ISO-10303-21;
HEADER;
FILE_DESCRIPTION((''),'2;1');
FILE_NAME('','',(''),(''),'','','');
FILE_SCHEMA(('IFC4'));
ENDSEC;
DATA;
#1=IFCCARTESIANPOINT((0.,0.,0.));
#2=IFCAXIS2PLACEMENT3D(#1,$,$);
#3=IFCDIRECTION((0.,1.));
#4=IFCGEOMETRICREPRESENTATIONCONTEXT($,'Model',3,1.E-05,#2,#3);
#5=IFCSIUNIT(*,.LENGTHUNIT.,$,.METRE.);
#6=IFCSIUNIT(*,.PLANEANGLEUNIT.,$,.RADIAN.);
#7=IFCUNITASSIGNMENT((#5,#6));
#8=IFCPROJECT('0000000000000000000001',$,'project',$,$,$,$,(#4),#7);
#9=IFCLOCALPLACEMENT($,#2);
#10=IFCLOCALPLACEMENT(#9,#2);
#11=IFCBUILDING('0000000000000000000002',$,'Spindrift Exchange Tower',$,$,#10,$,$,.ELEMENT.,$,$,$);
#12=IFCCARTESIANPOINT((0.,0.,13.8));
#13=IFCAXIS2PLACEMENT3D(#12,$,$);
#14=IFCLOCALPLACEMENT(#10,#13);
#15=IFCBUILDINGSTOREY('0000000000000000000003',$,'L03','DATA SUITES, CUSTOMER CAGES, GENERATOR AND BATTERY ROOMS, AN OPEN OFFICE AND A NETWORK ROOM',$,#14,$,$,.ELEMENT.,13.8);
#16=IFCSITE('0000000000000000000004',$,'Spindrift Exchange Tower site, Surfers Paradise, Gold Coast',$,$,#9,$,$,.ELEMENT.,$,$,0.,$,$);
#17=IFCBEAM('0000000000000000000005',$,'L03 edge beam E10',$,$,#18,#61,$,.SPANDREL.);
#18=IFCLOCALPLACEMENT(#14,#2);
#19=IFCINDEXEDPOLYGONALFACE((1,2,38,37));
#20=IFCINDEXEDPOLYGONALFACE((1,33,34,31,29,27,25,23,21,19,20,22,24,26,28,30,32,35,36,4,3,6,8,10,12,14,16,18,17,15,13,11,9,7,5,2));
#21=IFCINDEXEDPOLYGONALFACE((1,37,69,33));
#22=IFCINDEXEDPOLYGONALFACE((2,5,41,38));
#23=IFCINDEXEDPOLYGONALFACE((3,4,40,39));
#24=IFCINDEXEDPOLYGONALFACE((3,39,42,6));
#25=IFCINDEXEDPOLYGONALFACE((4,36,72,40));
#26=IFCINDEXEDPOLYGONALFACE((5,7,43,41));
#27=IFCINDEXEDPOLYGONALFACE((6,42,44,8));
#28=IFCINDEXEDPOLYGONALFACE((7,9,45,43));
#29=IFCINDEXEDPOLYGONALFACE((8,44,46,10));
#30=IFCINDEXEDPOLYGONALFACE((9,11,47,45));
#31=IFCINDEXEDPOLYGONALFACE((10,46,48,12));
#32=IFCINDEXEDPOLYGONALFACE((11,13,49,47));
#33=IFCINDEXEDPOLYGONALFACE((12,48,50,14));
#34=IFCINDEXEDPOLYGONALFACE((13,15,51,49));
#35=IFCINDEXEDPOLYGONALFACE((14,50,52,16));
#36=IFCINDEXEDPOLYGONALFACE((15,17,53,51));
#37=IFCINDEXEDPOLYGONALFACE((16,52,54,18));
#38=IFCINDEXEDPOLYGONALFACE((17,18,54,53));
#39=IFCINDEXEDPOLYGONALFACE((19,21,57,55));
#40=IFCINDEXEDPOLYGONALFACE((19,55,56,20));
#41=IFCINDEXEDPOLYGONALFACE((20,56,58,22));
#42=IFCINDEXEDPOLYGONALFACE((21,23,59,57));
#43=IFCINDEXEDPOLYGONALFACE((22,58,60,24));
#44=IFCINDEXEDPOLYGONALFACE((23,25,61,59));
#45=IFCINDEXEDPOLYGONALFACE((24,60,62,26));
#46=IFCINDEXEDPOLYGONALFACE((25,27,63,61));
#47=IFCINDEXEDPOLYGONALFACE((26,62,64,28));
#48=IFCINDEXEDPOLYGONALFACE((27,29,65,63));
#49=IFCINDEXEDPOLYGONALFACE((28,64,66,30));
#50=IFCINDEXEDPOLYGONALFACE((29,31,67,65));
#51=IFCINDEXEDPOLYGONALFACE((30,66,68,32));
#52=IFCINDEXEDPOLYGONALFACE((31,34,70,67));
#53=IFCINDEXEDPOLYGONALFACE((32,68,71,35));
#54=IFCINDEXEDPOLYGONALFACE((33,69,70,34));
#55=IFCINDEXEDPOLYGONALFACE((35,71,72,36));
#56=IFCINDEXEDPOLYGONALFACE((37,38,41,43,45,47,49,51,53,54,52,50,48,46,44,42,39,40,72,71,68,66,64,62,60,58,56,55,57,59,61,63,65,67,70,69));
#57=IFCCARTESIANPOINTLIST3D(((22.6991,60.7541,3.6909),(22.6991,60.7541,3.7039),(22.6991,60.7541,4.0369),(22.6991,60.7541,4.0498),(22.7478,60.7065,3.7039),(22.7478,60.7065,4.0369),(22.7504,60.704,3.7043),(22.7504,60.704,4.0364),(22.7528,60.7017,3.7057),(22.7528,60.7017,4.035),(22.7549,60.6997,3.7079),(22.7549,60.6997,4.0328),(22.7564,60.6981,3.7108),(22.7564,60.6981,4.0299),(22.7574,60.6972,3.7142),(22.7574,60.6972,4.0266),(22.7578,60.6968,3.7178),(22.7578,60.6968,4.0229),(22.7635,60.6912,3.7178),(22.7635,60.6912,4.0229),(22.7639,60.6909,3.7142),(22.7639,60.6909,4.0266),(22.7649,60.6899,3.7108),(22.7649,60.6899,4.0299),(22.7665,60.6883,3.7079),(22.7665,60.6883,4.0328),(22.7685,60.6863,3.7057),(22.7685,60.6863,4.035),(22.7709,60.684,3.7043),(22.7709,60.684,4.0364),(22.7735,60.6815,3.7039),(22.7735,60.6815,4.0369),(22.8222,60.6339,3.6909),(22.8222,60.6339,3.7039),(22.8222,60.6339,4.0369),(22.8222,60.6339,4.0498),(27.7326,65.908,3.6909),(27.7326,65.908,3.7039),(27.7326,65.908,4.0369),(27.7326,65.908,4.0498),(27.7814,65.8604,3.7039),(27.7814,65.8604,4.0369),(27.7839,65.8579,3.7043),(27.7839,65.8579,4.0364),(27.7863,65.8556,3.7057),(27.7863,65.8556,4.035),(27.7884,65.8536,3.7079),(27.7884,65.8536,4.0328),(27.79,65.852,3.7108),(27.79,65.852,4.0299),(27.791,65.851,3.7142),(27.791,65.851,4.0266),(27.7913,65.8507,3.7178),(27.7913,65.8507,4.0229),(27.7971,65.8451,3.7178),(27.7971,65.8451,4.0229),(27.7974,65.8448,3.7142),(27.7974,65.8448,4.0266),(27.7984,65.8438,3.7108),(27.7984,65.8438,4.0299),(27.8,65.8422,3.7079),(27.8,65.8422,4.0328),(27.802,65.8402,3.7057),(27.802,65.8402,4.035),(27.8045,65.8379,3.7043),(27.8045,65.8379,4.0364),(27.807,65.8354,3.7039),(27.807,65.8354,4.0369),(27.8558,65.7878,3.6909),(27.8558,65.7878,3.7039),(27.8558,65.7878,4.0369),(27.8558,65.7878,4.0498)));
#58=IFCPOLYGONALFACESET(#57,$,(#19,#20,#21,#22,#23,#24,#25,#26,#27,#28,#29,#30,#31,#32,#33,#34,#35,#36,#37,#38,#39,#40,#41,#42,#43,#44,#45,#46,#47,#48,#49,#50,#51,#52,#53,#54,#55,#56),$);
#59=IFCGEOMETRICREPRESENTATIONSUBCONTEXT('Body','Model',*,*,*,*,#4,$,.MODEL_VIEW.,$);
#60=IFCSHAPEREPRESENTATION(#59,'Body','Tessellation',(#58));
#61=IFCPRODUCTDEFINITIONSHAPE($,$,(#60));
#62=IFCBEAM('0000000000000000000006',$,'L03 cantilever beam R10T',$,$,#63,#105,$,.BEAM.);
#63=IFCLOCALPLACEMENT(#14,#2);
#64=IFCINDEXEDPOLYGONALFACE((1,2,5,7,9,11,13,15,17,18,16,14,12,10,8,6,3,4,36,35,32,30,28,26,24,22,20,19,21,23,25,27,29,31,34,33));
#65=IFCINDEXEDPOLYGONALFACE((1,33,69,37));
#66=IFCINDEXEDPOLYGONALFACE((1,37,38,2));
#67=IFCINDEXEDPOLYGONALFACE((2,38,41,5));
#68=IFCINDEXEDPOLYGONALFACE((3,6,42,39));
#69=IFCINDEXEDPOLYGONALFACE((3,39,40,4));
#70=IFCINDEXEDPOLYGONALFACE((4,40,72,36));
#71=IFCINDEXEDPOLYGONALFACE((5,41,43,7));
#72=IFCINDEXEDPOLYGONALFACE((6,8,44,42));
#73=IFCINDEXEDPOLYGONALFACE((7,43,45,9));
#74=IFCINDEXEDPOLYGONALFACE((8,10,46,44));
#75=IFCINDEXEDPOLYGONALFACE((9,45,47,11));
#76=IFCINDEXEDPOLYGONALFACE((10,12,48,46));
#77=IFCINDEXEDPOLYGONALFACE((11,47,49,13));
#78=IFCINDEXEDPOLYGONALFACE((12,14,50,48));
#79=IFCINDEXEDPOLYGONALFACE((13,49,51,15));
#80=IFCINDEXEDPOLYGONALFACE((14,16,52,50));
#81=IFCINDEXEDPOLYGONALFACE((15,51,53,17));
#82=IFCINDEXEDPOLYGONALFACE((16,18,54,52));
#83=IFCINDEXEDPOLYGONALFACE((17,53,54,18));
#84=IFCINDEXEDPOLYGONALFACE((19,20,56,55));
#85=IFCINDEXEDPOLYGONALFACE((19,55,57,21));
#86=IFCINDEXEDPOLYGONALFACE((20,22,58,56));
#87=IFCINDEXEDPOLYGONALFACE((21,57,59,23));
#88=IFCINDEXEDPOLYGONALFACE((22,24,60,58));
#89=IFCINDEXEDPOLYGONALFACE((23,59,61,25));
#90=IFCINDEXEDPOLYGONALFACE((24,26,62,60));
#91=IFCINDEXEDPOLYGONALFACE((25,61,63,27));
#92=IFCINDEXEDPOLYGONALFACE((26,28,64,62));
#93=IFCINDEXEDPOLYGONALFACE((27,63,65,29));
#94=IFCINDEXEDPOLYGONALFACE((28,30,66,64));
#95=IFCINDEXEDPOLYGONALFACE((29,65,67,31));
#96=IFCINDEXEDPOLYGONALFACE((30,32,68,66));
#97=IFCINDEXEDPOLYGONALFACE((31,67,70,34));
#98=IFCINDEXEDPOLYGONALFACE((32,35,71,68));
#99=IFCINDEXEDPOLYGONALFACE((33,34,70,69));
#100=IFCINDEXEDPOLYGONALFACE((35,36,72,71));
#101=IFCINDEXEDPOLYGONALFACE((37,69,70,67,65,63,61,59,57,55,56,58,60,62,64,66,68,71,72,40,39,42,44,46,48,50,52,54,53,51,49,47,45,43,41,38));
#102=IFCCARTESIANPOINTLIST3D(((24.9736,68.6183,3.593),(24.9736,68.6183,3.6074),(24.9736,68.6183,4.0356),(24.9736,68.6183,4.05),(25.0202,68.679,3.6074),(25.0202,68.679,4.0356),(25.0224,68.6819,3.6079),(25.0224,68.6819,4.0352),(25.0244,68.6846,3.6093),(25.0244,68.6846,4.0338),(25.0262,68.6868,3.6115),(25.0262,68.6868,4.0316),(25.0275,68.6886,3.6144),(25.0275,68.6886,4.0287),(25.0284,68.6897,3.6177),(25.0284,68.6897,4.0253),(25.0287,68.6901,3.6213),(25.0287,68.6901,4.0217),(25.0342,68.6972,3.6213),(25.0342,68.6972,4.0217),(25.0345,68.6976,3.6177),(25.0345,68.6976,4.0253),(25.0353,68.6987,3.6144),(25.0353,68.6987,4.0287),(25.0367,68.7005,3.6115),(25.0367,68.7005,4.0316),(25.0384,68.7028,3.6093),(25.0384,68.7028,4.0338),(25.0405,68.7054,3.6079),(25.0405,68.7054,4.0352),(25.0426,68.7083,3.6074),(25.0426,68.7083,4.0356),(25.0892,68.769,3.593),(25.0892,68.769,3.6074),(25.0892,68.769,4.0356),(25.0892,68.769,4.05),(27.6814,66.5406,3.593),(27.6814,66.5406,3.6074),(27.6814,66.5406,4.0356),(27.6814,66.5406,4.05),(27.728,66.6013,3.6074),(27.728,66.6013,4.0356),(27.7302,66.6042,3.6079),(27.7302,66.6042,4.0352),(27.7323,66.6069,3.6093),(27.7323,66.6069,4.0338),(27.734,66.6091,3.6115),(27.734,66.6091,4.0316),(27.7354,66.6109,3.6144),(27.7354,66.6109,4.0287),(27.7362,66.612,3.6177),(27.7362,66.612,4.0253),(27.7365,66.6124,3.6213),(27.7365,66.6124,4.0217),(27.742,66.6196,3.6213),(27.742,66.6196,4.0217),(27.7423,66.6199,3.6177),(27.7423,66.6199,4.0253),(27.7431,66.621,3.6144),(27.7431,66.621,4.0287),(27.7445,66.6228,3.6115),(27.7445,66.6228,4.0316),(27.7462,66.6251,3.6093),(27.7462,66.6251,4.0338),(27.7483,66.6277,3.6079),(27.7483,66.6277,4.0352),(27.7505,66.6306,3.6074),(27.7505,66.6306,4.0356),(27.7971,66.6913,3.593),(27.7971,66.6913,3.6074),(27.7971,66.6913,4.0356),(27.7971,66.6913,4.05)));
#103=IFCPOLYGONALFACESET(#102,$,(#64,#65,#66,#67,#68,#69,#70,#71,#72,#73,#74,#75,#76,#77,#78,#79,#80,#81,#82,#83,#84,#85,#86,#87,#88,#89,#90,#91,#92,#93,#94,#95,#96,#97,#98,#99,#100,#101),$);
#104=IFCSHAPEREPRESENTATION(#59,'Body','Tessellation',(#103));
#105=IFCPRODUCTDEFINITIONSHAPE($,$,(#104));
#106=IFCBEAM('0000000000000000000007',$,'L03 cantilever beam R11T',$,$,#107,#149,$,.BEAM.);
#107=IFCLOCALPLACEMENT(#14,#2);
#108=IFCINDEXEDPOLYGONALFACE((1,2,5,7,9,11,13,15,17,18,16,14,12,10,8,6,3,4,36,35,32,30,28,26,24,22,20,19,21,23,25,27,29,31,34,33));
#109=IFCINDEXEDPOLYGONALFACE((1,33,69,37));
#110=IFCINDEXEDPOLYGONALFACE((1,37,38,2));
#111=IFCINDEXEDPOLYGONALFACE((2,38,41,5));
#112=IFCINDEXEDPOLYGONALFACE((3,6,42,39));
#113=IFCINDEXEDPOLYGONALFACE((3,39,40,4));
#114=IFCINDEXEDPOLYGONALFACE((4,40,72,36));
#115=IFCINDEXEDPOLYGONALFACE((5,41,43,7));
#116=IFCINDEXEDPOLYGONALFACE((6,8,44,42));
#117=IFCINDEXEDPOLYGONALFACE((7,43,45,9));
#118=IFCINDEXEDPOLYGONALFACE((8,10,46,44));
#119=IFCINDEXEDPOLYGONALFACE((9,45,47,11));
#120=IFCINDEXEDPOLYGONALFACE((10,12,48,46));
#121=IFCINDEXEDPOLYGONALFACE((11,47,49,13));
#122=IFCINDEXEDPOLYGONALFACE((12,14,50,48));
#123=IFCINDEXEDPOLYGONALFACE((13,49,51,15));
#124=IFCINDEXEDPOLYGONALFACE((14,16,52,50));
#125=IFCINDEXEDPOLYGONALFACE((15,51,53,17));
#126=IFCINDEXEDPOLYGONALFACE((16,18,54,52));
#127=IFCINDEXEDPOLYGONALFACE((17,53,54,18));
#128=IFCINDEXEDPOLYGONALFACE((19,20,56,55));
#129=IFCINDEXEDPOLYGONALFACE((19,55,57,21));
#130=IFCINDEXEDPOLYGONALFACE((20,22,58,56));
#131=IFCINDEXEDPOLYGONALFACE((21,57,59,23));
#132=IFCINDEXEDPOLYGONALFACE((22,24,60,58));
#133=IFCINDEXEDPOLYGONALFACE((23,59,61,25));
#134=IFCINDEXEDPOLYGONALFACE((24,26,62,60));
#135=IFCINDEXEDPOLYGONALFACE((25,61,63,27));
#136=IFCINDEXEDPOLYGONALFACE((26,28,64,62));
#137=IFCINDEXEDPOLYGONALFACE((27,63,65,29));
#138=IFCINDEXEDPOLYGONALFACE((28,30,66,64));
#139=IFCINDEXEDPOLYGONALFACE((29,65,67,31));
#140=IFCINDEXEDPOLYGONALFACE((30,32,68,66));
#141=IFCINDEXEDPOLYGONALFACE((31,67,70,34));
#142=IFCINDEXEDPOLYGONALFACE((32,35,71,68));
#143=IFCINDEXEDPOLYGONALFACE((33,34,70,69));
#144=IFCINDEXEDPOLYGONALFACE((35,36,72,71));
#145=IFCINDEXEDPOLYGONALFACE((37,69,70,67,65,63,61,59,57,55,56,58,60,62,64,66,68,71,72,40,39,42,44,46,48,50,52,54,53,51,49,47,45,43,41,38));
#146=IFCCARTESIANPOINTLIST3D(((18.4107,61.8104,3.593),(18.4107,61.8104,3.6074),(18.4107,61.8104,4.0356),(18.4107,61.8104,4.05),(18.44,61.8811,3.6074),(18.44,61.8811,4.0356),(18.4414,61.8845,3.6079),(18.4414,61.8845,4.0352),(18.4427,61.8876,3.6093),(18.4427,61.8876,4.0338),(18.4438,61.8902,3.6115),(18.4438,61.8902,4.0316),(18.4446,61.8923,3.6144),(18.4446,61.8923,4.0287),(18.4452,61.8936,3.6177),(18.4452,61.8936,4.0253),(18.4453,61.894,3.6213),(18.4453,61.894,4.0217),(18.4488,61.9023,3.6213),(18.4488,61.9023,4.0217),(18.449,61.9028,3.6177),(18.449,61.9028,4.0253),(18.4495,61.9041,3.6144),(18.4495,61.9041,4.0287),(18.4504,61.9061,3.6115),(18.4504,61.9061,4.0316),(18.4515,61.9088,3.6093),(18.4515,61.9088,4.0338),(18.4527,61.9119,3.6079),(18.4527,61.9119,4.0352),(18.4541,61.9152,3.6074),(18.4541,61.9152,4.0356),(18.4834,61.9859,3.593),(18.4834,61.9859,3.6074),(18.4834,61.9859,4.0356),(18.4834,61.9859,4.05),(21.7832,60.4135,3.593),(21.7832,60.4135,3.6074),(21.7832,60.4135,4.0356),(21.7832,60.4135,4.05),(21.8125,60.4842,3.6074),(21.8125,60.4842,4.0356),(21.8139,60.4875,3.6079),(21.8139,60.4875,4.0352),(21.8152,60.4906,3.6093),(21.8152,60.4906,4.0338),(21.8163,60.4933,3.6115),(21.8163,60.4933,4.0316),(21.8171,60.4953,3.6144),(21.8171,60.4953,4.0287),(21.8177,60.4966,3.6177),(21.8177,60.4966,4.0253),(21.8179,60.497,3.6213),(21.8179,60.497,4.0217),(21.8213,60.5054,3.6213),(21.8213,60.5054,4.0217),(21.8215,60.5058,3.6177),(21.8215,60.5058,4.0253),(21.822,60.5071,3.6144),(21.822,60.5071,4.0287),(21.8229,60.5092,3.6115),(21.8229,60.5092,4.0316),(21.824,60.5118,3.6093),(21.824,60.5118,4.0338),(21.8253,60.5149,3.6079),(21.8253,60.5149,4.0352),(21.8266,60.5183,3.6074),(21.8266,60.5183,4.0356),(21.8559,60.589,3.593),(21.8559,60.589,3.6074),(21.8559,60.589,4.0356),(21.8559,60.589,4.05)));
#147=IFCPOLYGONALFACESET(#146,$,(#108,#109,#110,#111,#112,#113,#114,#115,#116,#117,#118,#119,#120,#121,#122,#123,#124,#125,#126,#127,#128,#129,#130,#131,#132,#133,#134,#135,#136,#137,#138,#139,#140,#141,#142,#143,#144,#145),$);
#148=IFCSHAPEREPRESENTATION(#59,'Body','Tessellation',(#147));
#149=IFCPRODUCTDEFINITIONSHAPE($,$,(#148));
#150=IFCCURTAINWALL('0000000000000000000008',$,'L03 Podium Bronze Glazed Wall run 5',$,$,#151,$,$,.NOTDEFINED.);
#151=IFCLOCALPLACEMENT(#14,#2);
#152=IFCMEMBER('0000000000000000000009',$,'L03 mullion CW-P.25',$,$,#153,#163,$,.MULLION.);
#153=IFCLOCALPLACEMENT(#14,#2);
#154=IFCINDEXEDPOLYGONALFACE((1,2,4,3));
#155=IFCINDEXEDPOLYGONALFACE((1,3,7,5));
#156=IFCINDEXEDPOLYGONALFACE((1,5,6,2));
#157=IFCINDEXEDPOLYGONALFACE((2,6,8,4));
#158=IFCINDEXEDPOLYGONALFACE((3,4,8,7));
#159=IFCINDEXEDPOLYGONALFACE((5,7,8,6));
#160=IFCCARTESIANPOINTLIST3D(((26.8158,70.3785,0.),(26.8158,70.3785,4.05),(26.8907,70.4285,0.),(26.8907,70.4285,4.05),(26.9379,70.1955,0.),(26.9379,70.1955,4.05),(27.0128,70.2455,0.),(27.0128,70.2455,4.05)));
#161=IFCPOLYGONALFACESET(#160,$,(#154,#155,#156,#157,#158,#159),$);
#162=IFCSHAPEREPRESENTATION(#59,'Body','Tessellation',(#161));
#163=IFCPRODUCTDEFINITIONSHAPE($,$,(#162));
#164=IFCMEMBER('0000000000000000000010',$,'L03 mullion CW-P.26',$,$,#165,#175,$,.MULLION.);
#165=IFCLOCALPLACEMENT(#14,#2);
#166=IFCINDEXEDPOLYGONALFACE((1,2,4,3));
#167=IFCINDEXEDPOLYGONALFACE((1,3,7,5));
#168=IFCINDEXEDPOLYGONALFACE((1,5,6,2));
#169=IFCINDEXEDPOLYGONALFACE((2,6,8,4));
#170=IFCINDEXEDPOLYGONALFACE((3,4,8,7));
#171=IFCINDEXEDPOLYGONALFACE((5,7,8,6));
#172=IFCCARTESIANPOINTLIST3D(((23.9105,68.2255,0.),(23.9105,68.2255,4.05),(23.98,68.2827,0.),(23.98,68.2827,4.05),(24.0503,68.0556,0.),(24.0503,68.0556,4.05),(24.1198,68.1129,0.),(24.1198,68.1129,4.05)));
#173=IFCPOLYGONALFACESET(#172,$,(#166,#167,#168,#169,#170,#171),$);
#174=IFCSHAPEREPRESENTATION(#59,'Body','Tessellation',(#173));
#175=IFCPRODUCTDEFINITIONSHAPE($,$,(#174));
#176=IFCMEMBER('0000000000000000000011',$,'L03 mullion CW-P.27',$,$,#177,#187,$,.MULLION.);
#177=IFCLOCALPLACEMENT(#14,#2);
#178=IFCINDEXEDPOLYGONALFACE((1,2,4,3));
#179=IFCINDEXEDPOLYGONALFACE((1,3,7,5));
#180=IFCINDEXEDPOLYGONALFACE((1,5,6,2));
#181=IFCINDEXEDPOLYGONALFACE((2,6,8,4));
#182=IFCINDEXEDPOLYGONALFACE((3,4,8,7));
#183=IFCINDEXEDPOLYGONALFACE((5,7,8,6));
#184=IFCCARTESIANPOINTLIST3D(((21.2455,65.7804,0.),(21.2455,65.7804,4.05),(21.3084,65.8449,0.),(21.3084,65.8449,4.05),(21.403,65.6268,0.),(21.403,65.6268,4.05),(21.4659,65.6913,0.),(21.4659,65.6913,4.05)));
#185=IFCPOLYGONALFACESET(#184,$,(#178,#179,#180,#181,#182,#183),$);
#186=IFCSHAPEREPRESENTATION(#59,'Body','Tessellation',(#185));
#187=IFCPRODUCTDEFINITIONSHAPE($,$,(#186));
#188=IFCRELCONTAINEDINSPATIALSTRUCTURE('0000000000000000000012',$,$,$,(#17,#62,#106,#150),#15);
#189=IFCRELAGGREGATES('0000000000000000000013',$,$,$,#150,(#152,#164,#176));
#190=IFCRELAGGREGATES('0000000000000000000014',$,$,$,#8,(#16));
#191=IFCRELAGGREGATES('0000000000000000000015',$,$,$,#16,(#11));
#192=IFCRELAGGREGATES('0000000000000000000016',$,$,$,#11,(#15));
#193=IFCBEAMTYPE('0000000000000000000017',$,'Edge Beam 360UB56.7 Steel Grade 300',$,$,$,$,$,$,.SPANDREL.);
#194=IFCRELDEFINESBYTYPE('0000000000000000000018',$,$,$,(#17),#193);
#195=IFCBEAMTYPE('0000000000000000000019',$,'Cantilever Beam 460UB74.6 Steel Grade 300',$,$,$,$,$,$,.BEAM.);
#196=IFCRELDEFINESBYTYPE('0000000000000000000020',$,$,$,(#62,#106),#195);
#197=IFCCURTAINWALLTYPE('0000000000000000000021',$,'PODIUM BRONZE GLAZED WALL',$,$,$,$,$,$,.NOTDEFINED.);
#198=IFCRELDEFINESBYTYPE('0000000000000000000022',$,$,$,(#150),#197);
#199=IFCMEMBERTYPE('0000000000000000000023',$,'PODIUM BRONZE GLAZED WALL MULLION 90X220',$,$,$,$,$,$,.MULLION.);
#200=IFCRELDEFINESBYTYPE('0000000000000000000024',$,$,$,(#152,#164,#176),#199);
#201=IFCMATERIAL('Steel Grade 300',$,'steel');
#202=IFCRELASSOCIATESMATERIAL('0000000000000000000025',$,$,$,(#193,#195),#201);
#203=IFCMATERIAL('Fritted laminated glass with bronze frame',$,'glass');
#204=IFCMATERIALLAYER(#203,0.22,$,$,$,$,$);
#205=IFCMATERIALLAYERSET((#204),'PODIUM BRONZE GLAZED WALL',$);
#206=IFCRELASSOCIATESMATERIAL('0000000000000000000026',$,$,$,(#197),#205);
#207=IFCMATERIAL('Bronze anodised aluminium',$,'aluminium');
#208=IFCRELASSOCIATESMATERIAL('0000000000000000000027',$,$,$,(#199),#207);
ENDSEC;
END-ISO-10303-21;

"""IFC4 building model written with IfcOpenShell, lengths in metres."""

from ifc_helpers import new_model, si_unit, direction, frame, origin, origin_2d, place, context, subcontext, project, spatial, rectangle, i_section, extrude, source, transform, mapped, material, layer, layer_set, material_profile, profile_set, type_object, element, aggregate, save


model = new_model("IFC4")

# Units and contexts
model_context = context("Model", 3, precision=1e-05, world=origin(), true_north=direction((0.0, 1.0)))
body_context = subcontext(model_context, "Body", "Model", "MODEL_VIEW")
ifc_project = project(units=[si_unit("LENGTHUNIT", "METRE"), si_unit("PLANEANGLEUNIT", "RADIAN")], contexts=[model_context])

# Site, building, storey
site_placement = place(None, origin())
site = spatial("IfcSite", under=ifc_project, at=site_placement, Name="Spindrift Exchange Tower site, Surfers Paradise, Gold Coast", CompositionType="ELEMENT", RefElevation=0.0)
building_placement = place(site_placement, origin())
building = spatial("IfcBuilding", under=site, at=building_placement, Name="Spindrift Exchange Tower", CompositionType="ELEMENT")
storey_placement = place(building_placement, frame((0.0, 0.0, 13.8)))
storey = spatial("IfcBuildingStorey", under=building, at=storey_placement, Name="L03", Description="DATA SUITES, CUSTOMER CAGES, GENERATOR AND BATTERY ROOMS, AN OPEN OFFICE AND A NETWORK ROOM", CompositionType="ELEMENT", Elevation=13.8)

# Beams
ifc_material_1 = material(Name="Steel Grade 300", Category="steel")
ifc_material_profile_1 = material_profile(ifc_material_1, i_section(OverallWidth=0.1721, OverallDepth=0.3589, WebThickness=0.0081, FlangeThickness=0.0129, FilletRadius=0.0139, at=origin_2d()), Name="360UB56.7")
ifc_profile_set_1 = profile_set([ifc_material_profile_1], Name="Steel Grade 300")
beam_type_1 = type_object("IfcBeamType", Name="Edge Beam 360UB56.7 Steel Grade 300", PredefinedType="SPANDREL", material=ifc_profile_set_1)
shared_shape_1 = source(origin(), body_context, "Body", "SweptSolid", [
    extrude(i_section(OverallWidth=0.1721, OverallDepth=0.3589, WebThickness=0.0081, FlangeThickness=0.0129, FilletRadius=0.0139, at=origin_2d()), origin(), (0.0, 0.0, 1.0), 7.2041),
])
beam_1_placement = place(storey_placement, frame((27.7942, 65.8479, 3.8704), z_axis=(-0.698704, -0.715411, 0.0), x_axis=(0.715411, -0.698704, 0.0)))
element("IfcBeam", 1, at=beam_1_placement, inside=storey, type_object=beam_type_1, Name="L03 edge beam E10", PredefinedType="SPANDREL", context=body_context, shape_type="MappedRepresentation", body=[
    mapped(shared_shape_1, transform((0.0, 0.0, 0.0), scale=1.0)),
])
ifc_material_profile_2 = material_profile(ifc_material_1, i_section(OverallWidth=0.1899, OverallDepth=0.457, WebThickness=0.009, FlangeThickness=0.0144, FilletRadius=0.0139, at=origin_2d()), Name="460UB74.6")
ifc_profile_set_2 = profile_set([ifc_material_profile_2], Name="Steel Grade 300")
beam_type_2 = type_object("IfcBeamType", Name="Cantilever Beam 460UB74.6 Steel Grade 300", PredefinedType="BEAM", material=ifc_profile_set_2)
shared_shape_2 = source(origin(), body_context, "Body", "SweptSolid", [
    extrude(i_section(OverallWidth=0.1899, OverallDepth=0.457, WebThickness=0.009, FlangeThickness=0.0144, FilletRadius=0.0139, at=origin_2d()), origin(), (0.0, 0.0, 1.0), 3.4131),
])
beam_2_placement = place(storey_placement, frame((27.7393, 66.616, 3.8215), z_axis=(-0.793368, 0.608742, 0.0), x_axis=(-0.608742, -0.793368, 0.0)))
element("IfcBeam", 2, at=beam_2_placement, inside=storey, type_object=beam_type_2, Name="L03 cantilever beam R10T", PredefinedType="BEAM", context=body_context, shape_type="MappedRepresentation", body=[
    mapped(shared_shape_2, transform((0.0, 0.0, 0.0), scale=1.0)),
])
shared_shape_3 = source(origin(), body_context, "Body", "SweptSolid", [
    extrude(i_section(OverallWidth=0.1899, OverallDepth=0.457, WebThickness=0.009, FlangeThickness=0.0144, FilletRadius=0.0139, at=origin_2d()), origin(), (0.0, 0.0, 1.0), 3.6504),
])
beam_3_placement = place(storey_placement, frame((21.8196, 60.5012, 3.8215), z_axis=(-0.923878, 0.382687, 0.0), x_axis=(-0.382687, -0.923878, 0.0)))
element("IfcBeam", 3, at=beam_3_placement, inside=storey, type_object=beam_type_2, Name="L03 cantilever beam R11T", PredefinedType="BEAM", context=body_context, shape_type="MappedRepresentation", body=[
    mapped(shared_shape_3, transform((0.0, 0.0, 0.0), scale=1.0)),
])

# Curtain wall, members
ifc_material_2 = material(Name="Fritted laminated glass with bronze frame", Category="glass")
ifc_layer_1 = layer(ifc_material_2, 0.22)
ifc_layer_set_1 = layer_set([ifc_layer_1], Name="PODIUM BRONZE GLAZED WALL")
curtain_wall_type = type_object("IfcCurtainWallType", Name="PODIUM BRONZE GLAZED WALL", PredefinedType="NOTDEFINED", material=ifc_layer_set_1)
curtain_wall_placement = place(storey_placement, origin())
curtain_wall = element("IfcCurtainWall", 4, at=curtain_wall_placement, inside=storey, type_object=curtain_wall_type, Name="L03 Podium Bronze Glazed Wall run 5", PredefinedType="NOTDEFINED")
ifc_material_3 = material(Name="Bronze anodised aluminium", Category="aluminium")
ifc_material_profile_3 = material_profile(ifc_material_3, rectangle(XDim=0.0901, YDim=0.22, at=origin_2d()), Name="PODIUM BRONZE GLAZED WALL MULLION 90X220")
ifc_profile_set_3 = profile_set([ifc_material_profile_3], Name="Bronze anodised aluminium")
member_type_1 = type_object("IfcMemberType", Name="PODIUM BRONZE GLAZED WALL MULLION 90X220", PredefinedType="MULLION", material=ifc_profile_set_3)
shared_shape_4 = source(origin(), body_context, "Body", "SweptSolid", [
    extrude(rectangle(XDim=0.0901, YDim=0.22, at=origin_2d()), origin(), (0.0, 0.0, 1.0), 4.05),
])
member_1_placement = place(storey_placement, frame((26.9143, 70.312, 0.0), z_axis=(0.0, 0.0, 1.0), x_axis=(-0.831908, -0.554913, 0.0)))
member_1 = element("IfcMember", 5, at=member_1_placement, type_object=member_type_1, Name="L03 mullion CW-P.25", PredefinedType="MULLION", context=body_context, shape_type="MappedRepresentation", body=[
    mapped(shared_shape_4, transform((0.0, 0.0, 0.0), scale=1.0)),
])
member_2_placement = place(storey_placement, frame((24.0151, 68.1692, 0.0), z_axis=(0.0, 0.0, 1.0), x_axis=(-0.772036, -0.635578, 0.0)))
member_2 = element("IfcMember", 6, at=member_2_placement, type_object=member_type_1, Name="L03 mullion CW-P.26", PredefinedType="MULLION", context=body_context, shape_type="MappedRepresentation", body=[
    mapped(shared_shape_4, transform((0.0, 0.0, 0.0), scale=1.0)),
])
member_3_placement = place(storey_placement, frame((21.3557, 65.7358, 0.0), z_axis=(0.0, 0.0, 1.0), x_axis=(-0.69798, -0.716117, 0.0)))
member_3 = element("IfcMember", 7, at=member_3_placement, type_object=member_type_1, Name="L03 mullion CW-P.27", PredefinedType="MULLION", context=body_context, shape_type="MappedRepresentation", body=[
    mapped(shared_shape_4, transform((0.0, 0.0, 0.0), scale=1.0)),
])
aggregate(curtain_wall, [member_1, member_2, member_3])

save(model, "model.ifc")
